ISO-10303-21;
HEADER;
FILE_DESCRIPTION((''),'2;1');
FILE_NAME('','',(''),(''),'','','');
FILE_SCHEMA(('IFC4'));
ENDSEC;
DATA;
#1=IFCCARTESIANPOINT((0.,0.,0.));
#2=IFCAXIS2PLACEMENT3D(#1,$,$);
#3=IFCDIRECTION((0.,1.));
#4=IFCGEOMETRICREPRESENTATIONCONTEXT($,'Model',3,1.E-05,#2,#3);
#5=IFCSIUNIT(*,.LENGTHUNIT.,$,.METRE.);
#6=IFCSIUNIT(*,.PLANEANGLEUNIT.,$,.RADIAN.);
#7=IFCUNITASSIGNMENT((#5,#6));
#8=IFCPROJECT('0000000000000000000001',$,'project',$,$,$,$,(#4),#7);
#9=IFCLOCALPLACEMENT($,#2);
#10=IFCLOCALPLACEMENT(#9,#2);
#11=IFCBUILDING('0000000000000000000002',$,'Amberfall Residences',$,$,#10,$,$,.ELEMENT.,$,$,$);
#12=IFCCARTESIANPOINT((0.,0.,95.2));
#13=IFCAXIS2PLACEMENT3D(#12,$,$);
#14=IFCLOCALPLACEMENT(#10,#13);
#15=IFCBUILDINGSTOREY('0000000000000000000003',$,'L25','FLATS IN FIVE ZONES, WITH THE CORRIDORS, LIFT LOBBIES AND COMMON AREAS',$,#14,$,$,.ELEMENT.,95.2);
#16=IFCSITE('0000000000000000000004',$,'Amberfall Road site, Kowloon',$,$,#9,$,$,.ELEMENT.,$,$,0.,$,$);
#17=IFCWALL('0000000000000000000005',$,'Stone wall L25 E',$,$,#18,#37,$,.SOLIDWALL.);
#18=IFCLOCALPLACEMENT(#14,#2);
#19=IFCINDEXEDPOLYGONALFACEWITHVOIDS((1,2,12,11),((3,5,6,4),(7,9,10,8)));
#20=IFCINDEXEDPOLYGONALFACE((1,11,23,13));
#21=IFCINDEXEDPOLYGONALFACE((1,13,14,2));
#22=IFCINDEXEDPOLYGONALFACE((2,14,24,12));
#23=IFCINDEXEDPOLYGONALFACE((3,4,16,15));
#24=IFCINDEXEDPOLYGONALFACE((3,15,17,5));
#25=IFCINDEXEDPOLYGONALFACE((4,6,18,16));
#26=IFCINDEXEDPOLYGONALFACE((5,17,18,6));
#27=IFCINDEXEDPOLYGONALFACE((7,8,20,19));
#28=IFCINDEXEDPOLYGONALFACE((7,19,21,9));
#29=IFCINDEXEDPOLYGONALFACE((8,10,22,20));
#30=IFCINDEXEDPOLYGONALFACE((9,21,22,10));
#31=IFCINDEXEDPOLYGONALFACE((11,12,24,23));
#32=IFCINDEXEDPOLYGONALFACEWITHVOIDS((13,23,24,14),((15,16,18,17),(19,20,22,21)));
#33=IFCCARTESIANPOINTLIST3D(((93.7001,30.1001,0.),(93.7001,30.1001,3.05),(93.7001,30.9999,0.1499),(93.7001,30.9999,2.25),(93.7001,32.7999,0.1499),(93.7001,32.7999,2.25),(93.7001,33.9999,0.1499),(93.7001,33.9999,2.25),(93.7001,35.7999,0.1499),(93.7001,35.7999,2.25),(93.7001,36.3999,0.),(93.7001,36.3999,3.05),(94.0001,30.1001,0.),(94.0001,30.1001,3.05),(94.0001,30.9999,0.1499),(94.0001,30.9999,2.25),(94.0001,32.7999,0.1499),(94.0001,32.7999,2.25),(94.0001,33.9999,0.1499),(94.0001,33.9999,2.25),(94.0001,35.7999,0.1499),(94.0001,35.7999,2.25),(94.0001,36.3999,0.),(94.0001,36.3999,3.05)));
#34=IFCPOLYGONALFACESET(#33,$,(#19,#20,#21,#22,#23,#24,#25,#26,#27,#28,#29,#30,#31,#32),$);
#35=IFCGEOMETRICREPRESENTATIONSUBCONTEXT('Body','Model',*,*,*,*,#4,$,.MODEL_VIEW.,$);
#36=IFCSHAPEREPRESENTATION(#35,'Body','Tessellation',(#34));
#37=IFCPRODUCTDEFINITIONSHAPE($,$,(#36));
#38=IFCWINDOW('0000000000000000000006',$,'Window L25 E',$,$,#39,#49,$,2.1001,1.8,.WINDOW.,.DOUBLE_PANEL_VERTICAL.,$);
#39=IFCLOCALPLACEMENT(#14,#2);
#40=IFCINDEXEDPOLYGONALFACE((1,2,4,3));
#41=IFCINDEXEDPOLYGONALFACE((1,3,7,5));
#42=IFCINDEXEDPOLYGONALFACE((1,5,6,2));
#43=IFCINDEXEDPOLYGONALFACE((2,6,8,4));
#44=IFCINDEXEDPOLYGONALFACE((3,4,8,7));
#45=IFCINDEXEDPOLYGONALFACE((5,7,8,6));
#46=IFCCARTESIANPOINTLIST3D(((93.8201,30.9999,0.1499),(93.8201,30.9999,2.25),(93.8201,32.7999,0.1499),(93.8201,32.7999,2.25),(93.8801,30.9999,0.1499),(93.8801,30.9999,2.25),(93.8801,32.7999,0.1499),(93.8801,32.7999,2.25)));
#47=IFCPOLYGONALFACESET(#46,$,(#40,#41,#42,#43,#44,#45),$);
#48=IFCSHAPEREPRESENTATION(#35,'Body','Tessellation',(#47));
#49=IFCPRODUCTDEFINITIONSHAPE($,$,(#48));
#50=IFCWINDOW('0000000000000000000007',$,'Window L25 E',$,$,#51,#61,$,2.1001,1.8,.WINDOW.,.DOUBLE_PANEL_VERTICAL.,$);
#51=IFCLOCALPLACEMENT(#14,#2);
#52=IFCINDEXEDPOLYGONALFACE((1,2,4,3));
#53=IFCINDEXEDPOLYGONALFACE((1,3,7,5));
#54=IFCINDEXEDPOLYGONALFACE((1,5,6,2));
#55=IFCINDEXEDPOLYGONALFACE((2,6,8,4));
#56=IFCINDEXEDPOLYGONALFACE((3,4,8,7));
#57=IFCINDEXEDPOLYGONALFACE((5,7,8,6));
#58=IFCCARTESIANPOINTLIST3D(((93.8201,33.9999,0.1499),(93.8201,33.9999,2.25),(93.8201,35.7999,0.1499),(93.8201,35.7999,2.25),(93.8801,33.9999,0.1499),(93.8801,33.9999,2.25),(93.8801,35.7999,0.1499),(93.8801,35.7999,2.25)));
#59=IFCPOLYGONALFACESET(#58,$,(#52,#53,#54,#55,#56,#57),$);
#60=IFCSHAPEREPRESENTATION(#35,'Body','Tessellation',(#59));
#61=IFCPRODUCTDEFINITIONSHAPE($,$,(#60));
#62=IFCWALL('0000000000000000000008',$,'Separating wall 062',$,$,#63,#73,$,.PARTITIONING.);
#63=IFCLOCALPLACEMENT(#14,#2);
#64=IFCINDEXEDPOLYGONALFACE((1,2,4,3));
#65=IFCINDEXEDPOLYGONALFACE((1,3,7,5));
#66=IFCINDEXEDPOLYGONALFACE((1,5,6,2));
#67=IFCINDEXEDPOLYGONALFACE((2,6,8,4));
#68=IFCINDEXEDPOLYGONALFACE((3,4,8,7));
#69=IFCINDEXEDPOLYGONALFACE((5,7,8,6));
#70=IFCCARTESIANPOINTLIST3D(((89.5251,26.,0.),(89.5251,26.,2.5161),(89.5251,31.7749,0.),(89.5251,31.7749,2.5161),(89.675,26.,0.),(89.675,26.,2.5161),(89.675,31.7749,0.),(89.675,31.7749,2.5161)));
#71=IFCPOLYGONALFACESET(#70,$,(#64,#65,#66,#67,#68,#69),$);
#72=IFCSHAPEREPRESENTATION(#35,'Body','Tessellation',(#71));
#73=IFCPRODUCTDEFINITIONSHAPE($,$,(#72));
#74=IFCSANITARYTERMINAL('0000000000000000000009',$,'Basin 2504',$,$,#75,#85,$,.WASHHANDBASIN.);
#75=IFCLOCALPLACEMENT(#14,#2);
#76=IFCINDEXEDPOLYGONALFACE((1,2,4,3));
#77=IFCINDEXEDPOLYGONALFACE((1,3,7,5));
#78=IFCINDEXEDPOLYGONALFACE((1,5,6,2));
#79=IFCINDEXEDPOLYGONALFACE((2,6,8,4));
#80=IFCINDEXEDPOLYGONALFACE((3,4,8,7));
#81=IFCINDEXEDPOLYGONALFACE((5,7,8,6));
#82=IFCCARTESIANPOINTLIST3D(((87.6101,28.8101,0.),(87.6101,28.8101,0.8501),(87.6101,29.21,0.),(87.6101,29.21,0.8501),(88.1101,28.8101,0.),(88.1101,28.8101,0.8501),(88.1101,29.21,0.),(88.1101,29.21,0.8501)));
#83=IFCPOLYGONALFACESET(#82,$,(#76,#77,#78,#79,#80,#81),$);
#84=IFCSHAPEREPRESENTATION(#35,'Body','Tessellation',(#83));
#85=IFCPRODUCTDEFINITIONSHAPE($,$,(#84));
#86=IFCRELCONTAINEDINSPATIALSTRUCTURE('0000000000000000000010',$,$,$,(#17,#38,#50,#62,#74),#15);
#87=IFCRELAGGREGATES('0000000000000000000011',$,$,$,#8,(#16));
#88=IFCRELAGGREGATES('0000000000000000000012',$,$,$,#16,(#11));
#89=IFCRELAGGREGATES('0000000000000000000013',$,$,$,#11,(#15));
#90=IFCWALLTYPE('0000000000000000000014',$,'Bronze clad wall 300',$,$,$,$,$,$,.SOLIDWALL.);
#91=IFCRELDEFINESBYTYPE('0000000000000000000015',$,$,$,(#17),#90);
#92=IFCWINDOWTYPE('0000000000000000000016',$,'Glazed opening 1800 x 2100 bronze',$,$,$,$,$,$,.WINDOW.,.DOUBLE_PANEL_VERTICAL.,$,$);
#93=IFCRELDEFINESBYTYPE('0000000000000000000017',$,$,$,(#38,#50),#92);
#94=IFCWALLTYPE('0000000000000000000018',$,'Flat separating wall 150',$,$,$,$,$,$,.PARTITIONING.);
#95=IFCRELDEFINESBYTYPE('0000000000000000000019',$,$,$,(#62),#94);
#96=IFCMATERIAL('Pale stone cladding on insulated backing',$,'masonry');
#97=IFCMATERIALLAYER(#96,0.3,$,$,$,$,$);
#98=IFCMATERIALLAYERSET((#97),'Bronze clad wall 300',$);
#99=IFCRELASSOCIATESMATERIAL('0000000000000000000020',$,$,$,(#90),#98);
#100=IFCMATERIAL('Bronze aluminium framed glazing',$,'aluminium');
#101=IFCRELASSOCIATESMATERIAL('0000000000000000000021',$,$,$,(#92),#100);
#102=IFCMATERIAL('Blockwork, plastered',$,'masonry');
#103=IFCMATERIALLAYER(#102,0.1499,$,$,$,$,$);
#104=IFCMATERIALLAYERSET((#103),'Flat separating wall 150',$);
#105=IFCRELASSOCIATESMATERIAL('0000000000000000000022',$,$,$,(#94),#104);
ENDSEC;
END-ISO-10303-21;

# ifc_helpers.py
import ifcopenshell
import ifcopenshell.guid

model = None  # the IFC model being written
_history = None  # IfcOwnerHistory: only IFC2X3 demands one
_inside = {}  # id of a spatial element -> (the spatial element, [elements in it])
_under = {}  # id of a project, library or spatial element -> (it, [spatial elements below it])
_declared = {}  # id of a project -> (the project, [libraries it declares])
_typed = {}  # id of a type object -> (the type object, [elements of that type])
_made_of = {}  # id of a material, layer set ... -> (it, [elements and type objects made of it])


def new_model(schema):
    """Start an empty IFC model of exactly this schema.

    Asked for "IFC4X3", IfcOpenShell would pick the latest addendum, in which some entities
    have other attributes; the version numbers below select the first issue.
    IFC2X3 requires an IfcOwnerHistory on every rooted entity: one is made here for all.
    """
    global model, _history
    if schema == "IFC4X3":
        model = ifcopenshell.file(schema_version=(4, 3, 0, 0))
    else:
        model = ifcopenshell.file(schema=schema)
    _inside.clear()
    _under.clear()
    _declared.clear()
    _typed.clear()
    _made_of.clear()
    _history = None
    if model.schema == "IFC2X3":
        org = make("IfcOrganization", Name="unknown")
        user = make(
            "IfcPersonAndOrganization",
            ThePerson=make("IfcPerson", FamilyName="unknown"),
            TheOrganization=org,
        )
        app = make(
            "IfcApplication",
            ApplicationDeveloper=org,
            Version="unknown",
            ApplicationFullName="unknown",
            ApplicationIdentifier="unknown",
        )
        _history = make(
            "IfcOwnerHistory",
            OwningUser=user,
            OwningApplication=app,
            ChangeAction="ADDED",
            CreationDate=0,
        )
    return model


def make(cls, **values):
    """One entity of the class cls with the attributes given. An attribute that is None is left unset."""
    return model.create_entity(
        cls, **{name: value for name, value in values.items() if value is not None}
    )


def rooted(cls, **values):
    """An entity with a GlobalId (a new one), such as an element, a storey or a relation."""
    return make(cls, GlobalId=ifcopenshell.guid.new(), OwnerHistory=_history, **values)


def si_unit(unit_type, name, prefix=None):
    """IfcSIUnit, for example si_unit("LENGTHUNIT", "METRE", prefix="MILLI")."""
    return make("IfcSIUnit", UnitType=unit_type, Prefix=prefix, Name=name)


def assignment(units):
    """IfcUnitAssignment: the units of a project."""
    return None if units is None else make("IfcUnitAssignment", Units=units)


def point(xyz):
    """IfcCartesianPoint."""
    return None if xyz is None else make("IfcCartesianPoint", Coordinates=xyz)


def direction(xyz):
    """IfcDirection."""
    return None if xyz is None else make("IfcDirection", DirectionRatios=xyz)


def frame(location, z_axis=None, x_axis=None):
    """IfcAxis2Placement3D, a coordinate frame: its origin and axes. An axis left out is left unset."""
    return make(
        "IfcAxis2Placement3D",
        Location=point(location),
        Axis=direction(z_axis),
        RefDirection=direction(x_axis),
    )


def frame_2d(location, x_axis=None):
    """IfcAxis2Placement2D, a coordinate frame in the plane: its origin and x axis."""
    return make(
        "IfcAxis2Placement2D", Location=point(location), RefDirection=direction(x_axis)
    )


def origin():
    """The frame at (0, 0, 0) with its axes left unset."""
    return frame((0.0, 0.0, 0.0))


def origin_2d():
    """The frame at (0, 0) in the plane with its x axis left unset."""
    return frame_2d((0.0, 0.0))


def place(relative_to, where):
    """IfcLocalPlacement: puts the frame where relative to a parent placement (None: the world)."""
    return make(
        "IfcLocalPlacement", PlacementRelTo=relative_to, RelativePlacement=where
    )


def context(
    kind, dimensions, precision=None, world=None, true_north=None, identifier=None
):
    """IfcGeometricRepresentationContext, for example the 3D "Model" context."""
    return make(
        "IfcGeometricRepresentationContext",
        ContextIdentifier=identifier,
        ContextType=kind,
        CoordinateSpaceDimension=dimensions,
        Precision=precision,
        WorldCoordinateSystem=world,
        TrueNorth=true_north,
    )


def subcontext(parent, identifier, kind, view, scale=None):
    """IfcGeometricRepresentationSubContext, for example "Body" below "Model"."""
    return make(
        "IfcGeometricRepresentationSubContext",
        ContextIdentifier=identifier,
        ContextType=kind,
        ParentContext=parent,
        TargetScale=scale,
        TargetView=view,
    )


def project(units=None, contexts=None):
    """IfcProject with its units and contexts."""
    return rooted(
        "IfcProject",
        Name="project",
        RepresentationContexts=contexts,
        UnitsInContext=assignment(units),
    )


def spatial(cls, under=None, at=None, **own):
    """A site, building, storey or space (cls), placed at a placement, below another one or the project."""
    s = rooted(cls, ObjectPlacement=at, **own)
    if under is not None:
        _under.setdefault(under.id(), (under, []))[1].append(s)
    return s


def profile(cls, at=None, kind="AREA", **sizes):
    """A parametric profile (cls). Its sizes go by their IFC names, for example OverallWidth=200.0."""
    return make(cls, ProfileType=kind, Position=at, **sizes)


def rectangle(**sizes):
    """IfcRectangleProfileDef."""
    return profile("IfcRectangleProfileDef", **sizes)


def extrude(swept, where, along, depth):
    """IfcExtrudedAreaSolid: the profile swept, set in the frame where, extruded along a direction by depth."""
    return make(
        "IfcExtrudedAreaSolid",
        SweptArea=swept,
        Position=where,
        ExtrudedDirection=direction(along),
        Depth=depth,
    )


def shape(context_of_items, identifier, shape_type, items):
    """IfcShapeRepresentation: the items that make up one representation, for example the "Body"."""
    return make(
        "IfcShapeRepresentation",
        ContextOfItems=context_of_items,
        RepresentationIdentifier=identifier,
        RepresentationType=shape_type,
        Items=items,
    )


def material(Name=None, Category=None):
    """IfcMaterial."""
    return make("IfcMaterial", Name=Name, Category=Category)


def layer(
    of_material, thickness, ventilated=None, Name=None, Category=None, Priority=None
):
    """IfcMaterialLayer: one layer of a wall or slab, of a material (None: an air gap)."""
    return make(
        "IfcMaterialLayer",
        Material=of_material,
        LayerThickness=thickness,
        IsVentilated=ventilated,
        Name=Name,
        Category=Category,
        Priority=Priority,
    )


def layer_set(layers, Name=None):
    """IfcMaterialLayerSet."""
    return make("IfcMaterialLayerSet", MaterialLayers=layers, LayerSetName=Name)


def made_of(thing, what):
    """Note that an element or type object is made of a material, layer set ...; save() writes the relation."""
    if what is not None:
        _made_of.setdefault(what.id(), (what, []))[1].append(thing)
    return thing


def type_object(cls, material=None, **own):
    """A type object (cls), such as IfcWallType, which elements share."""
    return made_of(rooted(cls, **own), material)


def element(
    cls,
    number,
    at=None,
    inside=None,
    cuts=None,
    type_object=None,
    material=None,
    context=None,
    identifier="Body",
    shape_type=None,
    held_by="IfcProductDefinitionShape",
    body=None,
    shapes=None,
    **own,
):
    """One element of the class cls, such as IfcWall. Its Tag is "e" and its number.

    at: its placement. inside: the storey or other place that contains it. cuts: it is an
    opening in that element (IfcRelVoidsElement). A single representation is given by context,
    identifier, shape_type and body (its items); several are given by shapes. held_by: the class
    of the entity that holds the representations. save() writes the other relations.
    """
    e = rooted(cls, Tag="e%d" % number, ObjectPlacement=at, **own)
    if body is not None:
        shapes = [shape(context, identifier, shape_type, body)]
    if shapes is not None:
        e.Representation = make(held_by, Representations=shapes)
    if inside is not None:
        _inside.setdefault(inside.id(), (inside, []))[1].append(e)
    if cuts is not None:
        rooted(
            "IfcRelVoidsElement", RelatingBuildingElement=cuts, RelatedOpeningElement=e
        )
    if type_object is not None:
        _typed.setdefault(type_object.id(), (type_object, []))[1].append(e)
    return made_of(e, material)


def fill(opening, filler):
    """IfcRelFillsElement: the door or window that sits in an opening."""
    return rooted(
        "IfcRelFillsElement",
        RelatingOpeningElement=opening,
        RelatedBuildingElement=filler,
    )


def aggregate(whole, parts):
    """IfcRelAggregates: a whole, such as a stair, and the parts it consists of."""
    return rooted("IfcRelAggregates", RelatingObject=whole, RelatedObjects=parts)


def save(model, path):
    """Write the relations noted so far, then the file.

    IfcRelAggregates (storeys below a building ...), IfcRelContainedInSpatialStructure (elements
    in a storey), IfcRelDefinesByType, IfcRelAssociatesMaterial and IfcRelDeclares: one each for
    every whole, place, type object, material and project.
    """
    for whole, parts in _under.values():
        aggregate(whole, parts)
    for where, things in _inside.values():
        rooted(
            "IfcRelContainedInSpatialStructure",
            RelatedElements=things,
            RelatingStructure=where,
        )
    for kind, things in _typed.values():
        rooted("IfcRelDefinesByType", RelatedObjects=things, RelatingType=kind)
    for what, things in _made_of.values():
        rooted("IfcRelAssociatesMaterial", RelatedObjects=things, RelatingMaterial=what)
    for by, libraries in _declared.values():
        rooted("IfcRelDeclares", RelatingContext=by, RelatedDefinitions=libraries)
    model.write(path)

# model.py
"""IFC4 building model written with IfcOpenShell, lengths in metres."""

from ifc_helpers import new_model, si_unit, direction, frame, frame_2d, origin, origin_2d, place, context, subcontext, project, spatial, rectangle, extrude, material, layer, layer_set, type_object, element, fill, save


model = new_model("IFC4")

# Units and contexts
model_context = context("Model", 3, precision=1e-05, world=origin(), true_north=direction((0.0, 1.0)))
body_context = subcontext(model_context, "Body", "Model", "MODEL_VIEW")
ifc_project = project(units=[si_unit("LENGTHUNIT", "METRE"), si_unit("PLANEANGLEUNIT", "RADIAN")], contexts=[model_context])

# Site, building, storey
site_placement = place(None, origin())
site = spatial("IfcSite", under=ifc_project, at=site_placement, Name="Amberfall Road site, Kowloon", CompositionType="ELEMENT", RefElevation=0.0)
building_placement = place(site_placement, origin())
building = spatial("IfcBuilding", under=site, at=building_placement, Name="Amberfall Residences", CompositionType="ELEMENT")
storey_placement = place(building_placement, frame((0.0, 0.0, 95.2)))
storey = spatial("IfcBuildingStorey", under=building, at=storey_placement, Name="L25", Description="FLATS IN FIVE ZONES, WITH THE CORRIDORS, LIFT LOBBIES AND COMMON AREAS", CompositionType="ELEMENT", Elevation=95.2)

# Shared definitions
ifc_material_1 = material(Name="Pale stone cladding on insulated backing", Category="masonry")
ifc_layer_1 = layer(ifc_material_1, 0.3)
ifc_layer_set_1 = layer_set([ifc_layer_1], Name="Bronze clad wall 300")
wall_type_1 = type_object("IfcWallType", Name="Bronze clad wall 300", PredefinedType="SOLIDWALL", material=ifc_layer_set_1)
ifc_material_2 = material(Name="Bronze aluminium framed glazing", Category="aluminium")

# Wall, openings, windows
wall_1_placement = place(storey_placement, frame((93.8501, 30.1001, 0.0), z_axis=(0.0, 0.0, 1.0), x_axis=(0.0, 1.0, 0.0)))
wall_1 = element("IfcWall", 1, at=wall_1_placement, inside=storey, type_object=wall_type_1, Name="Stone wall L25 E", PredefinedType="SOLIDWALL", context=body_context, shape_type="SweptSolid", body=[
    extrude(rectangle(XDim=6.2998, YDim=0.3, at=frame_2d((3.1499, 0.0))), origin(), (0.0, 0.0, 1.0), 3.05),
])
opening_1_placement = place(wall_1_placement, frame((0.8999, 0.0, 0.1499)))
opening_1 = element("IfcOpeningElement", 2, at=opening_1_placement, cuts=wall_1, PredefinedType="OPENING", context=body_context, shape_type="SweptSolid", body=[
    extrude(rectangle(XDim=1.8, YDim=2.1001, at=frame_2d((0.8999, 1.05))), frame((0.0, 0.1599, 0.0), z_axis=(0.0, -1.0, 0.0), x_axis=(1.0, 0.0, 0.0)), (0.0, 0.0, 1.0), 0.3201),
])
opening_2_placement = place(wall_1_placement, frame((3.8999, 0.0, 0.1499)))
opening_2 = element("IfcOpeningElement", 3, at=opening_2_placement, cuts=wall_1, PredefinedType="OPENING", context=body_context, shape_type="SweptSolid", body=[
    extrude(rectangle(XDim=1.8, YDim=2.1001, at=frame_2d((0.8999, 1.05))), frame((0.0, 0.1599, 0.0), z_axis=(0.0, -1.0, 0.0), x_axis=(1.0, 0.0, 0.0)), (0.0, 0.0, 1.0), 0.3201),
])
window_type_1 = type_object("IfcWindowType", Name="Glazed opening 1800 x 2100 bronze", PartitioningType="DOUBLE_PANEL_VERTICAL", PredefinedType="WINDOW", material=ifc_material_2)
window_1_placement = place(opening_1_placement, origin())
window_1 = element("IfcWindow", 4, at=window_1_placement, inside=storey, type_object=window_type_1, Name="Window L25 E", OverallHeight=2.1001, OverallWidth=1.8, PartitioningType="DOUBLE_PANEL_VERTICAL", PredefinedType="WINDOW", context=body_context, shape_type="SweptSolid", body=[
    extrude(rectangle(XDim=1.8, YDim=2.1001, at=frame_2d((0.8999, 1.05))), frame((0.0, 0.03, 0.0), z_axis=(0.0, -1.0, 0.0), x_axis=(1.0, 0.0, 0.0)), (0.0, 0.0, 1.0), 0.0601),
])
fill(opening_1, window_1)
window_2_placement = place(opening_2_placement, origin())
window_2 = element("IfcWindow", 5, at=window_2_placement, inside=storey, type_object=window_type_1, Name="Window L25 E", OverallHeight=2.1001, OverallWidth=1.8, PartitioningType="DOUBLE_PANEL_VERTICAL", PredefinedType="WINDOW", context=body_context, shape_type="SweptSolid", body=[
    extrude(rectangle(XDim=1.8, YDim=2.1001, at=frame_2d((0.8999, 1.05))), frame((0.0, 0.03, 0.0), z_axis=(0.0, -1.0, 0.0), x_axis=(1.0, 0.0, 0.0)), (0.0, 0.0, 1.0), 0.0601),
])
fill(opening_2, window_2)

# Wall
ifc_material_3 = material(Name="Blockwork, plastered", Category="masonry")
ifc_layer_2 = layer(ifc_material_3, 0.1499)
ifc_layer_set_2 = layer_set([ifc_layer_2], Name="Flat separating wall 150")
wall_type_2 = type_object("IfcWallType", Name="Flat separating wall 150", PredefinedType="PARTITIONING", material=ifc_layer_set_2)
wall_2_placement = place(storey_placement, frame((89.6001, 26.0, 0.0), z_axis=(0.0, 0.0, 1.0), x_axis=(0.0, 1.0, 0.0)))
element("IfcWall", 6, at=wall_2_placement, inside=storey, type_object=wall_type_2, Name="Separating wall 062", PredefinedType="PARTITIONING", context=body_context, shape_type="SweptSolid", body=[
    extrude(rectangle(XDim=5.7749, YDim=0.1499, at=frame_2d((2.8875, 0.0))), origin(), (0.0, 0.0, 1.0), 2.5161),
])

# Sanitary terminal
sanitary_terminal_placement = place(storey_placement, frame((87.8601, 29.01, 0.0), z_axis=(0.0, 0.0, 1.0), x_axis=(1.0, 0.0, 0.0)))
element("IfcSanitaryTerminal", 7, at=sanitary_terminal_placement, inside=storey, Name="Basin 2504", PredefinedType="WASHHANDBASIN", context=body_context, shape_type="SweptSolid", body=[
    extrude(rectangle(XDim=0.5, YDim=0.3999, at=origin_2d()), origin(), (0.0, 0.0, 1.0), 0.8501),
])

save(model, "model.ifc")
